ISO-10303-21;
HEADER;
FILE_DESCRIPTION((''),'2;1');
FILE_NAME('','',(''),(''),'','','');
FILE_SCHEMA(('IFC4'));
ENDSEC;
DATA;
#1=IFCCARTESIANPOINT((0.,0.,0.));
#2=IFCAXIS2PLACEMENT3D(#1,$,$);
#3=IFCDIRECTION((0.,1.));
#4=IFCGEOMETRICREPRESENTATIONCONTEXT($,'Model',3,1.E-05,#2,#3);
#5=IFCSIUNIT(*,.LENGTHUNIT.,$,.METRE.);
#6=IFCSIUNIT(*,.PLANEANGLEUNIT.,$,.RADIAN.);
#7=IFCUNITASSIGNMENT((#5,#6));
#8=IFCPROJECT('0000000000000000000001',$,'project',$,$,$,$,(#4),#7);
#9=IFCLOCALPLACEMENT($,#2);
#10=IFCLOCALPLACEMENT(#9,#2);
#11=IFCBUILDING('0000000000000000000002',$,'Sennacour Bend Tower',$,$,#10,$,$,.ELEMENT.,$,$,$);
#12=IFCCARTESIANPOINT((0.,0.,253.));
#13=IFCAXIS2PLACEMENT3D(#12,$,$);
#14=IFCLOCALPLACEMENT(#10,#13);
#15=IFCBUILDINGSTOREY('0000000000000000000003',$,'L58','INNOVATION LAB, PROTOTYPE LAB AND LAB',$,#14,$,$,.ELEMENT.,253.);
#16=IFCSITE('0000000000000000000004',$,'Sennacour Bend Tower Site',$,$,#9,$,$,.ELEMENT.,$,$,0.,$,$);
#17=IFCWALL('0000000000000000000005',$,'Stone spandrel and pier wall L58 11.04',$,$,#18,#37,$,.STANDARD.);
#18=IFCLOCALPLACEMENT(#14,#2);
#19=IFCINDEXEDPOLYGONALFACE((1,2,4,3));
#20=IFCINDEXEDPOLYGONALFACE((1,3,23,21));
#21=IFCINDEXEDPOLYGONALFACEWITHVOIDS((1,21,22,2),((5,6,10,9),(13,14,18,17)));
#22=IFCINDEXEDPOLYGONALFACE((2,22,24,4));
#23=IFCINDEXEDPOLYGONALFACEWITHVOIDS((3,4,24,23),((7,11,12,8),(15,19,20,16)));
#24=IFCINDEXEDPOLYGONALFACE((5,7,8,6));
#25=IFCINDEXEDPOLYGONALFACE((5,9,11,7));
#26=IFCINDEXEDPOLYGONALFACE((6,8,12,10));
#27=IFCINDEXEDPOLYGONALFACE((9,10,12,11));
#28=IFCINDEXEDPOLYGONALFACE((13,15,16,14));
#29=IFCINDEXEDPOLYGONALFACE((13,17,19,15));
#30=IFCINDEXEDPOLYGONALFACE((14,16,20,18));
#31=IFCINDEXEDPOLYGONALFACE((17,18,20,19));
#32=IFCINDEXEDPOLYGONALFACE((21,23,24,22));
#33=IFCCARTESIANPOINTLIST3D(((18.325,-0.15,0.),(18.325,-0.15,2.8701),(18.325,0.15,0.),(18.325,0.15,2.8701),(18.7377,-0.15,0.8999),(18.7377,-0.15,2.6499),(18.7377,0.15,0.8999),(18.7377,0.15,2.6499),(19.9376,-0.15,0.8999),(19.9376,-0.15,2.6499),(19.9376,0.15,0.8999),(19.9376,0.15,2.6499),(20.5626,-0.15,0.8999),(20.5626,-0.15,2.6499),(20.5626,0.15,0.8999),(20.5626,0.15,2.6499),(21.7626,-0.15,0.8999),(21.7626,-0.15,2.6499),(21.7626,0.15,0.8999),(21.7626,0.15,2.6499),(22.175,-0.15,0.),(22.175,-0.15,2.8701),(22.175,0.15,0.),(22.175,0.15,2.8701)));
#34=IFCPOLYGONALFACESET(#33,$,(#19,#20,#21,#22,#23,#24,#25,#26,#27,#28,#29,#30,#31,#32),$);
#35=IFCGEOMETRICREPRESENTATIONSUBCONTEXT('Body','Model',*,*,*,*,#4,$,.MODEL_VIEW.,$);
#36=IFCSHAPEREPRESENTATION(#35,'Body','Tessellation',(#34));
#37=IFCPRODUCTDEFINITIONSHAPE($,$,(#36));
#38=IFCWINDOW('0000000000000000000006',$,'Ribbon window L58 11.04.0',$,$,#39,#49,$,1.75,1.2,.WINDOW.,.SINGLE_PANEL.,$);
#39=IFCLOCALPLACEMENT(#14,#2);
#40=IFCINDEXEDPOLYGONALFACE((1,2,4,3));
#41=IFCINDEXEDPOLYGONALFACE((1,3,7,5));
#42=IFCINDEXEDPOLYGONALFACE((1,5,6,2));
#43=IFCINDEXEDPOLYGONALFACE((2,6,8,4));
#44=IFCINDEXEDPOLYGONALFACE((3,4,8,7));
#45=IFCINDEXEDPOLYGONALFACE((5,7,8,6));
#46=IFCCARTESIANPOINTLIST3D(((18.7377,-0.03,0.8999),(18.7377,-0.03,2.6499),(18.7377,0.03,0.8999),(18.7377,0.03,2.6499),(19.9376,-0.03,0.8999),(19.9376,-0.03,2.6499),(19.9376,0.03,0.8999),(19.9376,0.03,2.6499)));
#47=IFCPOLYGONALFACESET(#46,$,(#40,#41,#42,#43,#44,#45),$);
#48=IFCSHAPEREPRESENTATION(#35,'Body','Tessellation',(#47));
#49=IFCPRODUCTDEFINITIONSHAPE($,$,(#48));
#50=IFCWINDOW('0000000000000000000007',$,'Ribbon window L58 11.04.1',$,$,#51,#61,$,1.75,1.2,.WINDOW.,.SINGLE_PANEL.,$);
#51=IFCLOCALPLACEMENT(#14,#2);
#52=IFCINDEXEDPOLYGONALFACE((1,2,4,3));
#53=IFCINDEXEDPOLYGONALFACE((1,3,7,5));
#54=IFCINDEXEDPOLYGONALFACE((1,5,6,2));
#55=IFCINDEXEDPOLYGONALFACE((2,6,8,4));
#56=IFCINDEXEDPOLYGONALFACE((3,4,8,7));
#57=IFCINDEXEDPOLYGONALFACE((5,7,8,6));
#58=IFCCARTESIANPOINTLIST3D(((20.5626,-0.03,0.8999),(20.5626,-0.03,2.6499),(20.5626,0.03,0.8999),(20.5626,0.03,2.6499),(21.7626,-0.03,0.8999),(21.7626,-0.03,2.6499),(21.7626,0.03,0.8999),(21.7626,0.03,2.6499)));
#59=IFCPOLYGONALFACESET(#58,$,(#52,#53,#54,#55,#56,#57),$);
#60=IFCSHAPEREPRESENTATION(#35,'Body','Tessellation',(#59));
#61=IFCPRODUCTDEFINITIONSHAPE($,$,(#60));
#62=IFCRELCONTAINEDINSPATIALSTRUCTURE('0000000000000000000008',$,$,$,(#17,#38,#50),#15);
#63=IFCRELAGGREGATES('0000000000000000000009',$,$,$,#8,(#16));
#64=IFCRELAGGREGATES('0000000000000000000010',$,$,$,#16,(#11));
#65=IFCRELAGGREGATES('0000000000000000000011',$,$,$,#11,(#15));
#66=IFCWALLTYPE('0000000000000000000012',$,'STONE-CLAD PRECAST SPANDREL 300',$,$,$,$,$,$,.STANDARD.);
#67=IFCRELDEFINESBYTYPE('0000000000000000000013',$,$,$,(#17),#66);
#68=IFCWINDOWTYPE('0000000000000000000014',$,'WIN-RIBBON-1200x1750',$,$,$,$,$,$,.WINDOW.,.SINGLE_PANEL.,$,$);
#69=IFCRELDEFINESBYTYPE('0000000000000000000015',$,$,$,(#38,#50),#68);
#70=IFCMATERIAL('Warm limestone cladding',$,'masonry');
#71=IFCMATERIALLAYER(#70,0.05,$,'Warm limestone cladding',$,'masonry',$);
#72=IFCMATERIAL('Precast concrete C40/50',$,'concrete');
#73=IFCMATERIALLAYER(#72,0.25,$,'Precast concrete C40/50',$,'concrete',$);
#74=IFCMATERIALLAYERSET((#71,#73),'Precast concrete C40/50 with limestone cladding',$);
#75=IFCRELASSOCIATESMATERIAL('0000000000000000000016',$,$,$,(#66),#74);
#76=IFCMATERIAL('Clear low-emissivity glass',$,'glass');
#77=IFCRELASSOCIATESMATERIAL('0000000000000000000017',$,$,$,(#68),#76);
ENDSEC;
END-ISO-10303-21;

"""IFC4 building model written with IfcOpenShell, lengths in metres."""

from ifc_helpers import new_model, si_unit, direction, frame, frame_2d, origin, place, context, subcontext, project, spatial, rectangle, extrude, material, layer, layer_set, type_object, element, fill, save


model = new_model("IFC4")

# Units and contexts
model_context = context("Model", 3, precision=1e-05, world=origin(), true_north=direction((0.0, 1.0)))
body_context = subcontext(model_context, "Body", "Model", "MODEL_VIEW")
ifc_project = project(units=[si_unit("LENGTHUNIT", "METRE"), si_unit("PLANEANGLEUNIT", "RADIAN")], contexts=[model_context])

# Site, building, storey
site_placement = place(None, origin())
site = spatial("IfcSite", under=ifc_project, at=site_placement, Name="Sennacour Bend Tower Site", CompositionType="ELEMENT", RefElevation=0.0)
building_placement = place(site_placement, origin())
building = spatial("IfcBuilding", under=site, at=building_placement, Name="Sennacour Bend Tower", CompositionType="ELEMENT")
storey_placement = place(building_placement, frame((0.0, 0.0, 253.0)))
storey = spatial("IfcBuildingStorey", under=building, at=storey_placement, Name="L58", Description="INNOVATION LAB, PROTOTYPE LAB AND LAB", CompositionType="ELEMENT", Elevation=253.0)

# Wall, openings, windows
ifc_material_1 = material(Name="Warm limestone cladding", Category="masonry")
ifc_layer_1 = layer(ifc_material_1, 0.05, Name="Warm limestone cladding", Category="masonry")
ifc_material_2 = material(Name="Precast concrete C40/50", Category="concrete")
ifc_layer_2 = layer(ifc_material_2, 0.25, Name="Precast concrete C40/50", Category="concrete")
ifc_layer_set_1 = layer_set([ifc_layer_1, ifc_layer_2], Name="Precast concrete C40/50 with limestone cladding")
wall_type_1 = type_object("IfcWallType", Name="STONE-CLAD PRECAST SPANDREL 300", PredefinedType="STANDARD", material=ifc_layer_set_1)
ifc_material_3 = material(Name="Clear low-emissivity glass", Category="glass")
window_type = type_object("IfcWindowType", Name="WIN-RIBBON-1200x1750", PartitioningType="SINGLE_PANEL", PredefinedType="WINDOW", material=ifc_material_3)
wall_1_placement = place(storey_placement, frame((18.325, 0.0, 0.0), z_axis=(0.0, 0.0, 1.0), x_axis=(1.0, 0.0, 0.0)))
wall_1 = element("IfcWall", 1, at=wall_1_placement, inside=storey, type_object=wall_type_1, Name="Stone spandrel and pier wall L58 11.04", PredefinedType="STANDARD", context=body_context, shape_type="SweptSolid", body=[
    extrude(rectangle(XDim=3.8501, YDim=0.3, at=frame_2d((1.925, 0.0))), origin(), (0.0, 0.0, 1.0), 2.8701),
])
opening_1_placement = place(wall_1_placement, frame((0.4126, 0.0, 0.8999)))
opening_1 = element("IfcOpeningElement", 2, at=opening_1_placement, cuts=wall_1, PredefinedType="OPENING", context=body_context, shape_type="SweptSolid", body=[
    extrude(rectangle(XDim=1.2, YDim=1.75, at=frame_2d((0.6001, 0.875))), frame((0.0, 0.1602, 0.0), z_axis=(0.0, -1.0, 0.0), x_axis=(1.0, 0.0, 0.0)), (0.0, 0.0, 1.0), 0.3201),
])
opening_2_placement = place(wall_1_placement, frame((2.2375, 0.0, 0.8999)))
opening_2 = element("IfcOpeningElement", 3, at=opening_2_placement, cuts=wall_1, PredefinedType="OPENING", context=body_context, shape_type="SweptSolid", body=[
    extrude(rectangle(XDim=1.2, YDim=1.75, at=frame_2d((0.6001, 0.875))), frame((0.0, 0.1602, 0.0), z_axis=(0.0, -1.0, 0.0), x_axis=(1.0, 0.0, 0.0)), (0.0, 0.0, 1.0), 0.3201),
])
window_1_placement = place(opening_1_placement, origin())
window_1 = element("IfcWindow", 4, at=window_1_placement, inside=storey, type_object=window_type, Name="Ribbon window L58 11.04.0", OverallHeight=1.75, OverallWidth=1.2, PartitioningType="SINGLE_PANEL", PredefinedType="WINDOW", context=body_context, shape_type="SweptSolid", body=[
    extrude(rectangle(XDim=1.2, YDim=1.75, at=frame_2d((0.6001, 0.875))), frame((0.0, 0.03, 0.0), z_axis=(0.0, -1.0, 0.0), x_axis=(1.0, 0.0, 0.0)), (0.0, 0.0, 1.0), 0.0601),
])
fill(opening_1, window_1)
window_2_placement = place(opening_2_placement, origin())
window_2 = element("IfcWindow", 5, at=window_2_placement, inside=storey, type_object=window_type, Name="Ribbon window L58 11.04.1", OverallHeight=1.75, OverallWidth=1.2, PartitioningType="SINGLE_PANEL", PredefinedType="WINDOW", context=body_context, shape_type="SweptSolid", body=[
    extrude(rectangle(XDim=1.2, YDim=1.75, at=frame_2d((0.6001, 0.875))), frame((0.0, 0.03, 0.0), z_axis=(0.0, -1.0, 0.0), x_axis=(1.0, 0.0, 0.0)), (0.0, 0.0, 1.0), 0.0601),
])
fill(opening_2, window_2)

save(model, "model.ifc")
